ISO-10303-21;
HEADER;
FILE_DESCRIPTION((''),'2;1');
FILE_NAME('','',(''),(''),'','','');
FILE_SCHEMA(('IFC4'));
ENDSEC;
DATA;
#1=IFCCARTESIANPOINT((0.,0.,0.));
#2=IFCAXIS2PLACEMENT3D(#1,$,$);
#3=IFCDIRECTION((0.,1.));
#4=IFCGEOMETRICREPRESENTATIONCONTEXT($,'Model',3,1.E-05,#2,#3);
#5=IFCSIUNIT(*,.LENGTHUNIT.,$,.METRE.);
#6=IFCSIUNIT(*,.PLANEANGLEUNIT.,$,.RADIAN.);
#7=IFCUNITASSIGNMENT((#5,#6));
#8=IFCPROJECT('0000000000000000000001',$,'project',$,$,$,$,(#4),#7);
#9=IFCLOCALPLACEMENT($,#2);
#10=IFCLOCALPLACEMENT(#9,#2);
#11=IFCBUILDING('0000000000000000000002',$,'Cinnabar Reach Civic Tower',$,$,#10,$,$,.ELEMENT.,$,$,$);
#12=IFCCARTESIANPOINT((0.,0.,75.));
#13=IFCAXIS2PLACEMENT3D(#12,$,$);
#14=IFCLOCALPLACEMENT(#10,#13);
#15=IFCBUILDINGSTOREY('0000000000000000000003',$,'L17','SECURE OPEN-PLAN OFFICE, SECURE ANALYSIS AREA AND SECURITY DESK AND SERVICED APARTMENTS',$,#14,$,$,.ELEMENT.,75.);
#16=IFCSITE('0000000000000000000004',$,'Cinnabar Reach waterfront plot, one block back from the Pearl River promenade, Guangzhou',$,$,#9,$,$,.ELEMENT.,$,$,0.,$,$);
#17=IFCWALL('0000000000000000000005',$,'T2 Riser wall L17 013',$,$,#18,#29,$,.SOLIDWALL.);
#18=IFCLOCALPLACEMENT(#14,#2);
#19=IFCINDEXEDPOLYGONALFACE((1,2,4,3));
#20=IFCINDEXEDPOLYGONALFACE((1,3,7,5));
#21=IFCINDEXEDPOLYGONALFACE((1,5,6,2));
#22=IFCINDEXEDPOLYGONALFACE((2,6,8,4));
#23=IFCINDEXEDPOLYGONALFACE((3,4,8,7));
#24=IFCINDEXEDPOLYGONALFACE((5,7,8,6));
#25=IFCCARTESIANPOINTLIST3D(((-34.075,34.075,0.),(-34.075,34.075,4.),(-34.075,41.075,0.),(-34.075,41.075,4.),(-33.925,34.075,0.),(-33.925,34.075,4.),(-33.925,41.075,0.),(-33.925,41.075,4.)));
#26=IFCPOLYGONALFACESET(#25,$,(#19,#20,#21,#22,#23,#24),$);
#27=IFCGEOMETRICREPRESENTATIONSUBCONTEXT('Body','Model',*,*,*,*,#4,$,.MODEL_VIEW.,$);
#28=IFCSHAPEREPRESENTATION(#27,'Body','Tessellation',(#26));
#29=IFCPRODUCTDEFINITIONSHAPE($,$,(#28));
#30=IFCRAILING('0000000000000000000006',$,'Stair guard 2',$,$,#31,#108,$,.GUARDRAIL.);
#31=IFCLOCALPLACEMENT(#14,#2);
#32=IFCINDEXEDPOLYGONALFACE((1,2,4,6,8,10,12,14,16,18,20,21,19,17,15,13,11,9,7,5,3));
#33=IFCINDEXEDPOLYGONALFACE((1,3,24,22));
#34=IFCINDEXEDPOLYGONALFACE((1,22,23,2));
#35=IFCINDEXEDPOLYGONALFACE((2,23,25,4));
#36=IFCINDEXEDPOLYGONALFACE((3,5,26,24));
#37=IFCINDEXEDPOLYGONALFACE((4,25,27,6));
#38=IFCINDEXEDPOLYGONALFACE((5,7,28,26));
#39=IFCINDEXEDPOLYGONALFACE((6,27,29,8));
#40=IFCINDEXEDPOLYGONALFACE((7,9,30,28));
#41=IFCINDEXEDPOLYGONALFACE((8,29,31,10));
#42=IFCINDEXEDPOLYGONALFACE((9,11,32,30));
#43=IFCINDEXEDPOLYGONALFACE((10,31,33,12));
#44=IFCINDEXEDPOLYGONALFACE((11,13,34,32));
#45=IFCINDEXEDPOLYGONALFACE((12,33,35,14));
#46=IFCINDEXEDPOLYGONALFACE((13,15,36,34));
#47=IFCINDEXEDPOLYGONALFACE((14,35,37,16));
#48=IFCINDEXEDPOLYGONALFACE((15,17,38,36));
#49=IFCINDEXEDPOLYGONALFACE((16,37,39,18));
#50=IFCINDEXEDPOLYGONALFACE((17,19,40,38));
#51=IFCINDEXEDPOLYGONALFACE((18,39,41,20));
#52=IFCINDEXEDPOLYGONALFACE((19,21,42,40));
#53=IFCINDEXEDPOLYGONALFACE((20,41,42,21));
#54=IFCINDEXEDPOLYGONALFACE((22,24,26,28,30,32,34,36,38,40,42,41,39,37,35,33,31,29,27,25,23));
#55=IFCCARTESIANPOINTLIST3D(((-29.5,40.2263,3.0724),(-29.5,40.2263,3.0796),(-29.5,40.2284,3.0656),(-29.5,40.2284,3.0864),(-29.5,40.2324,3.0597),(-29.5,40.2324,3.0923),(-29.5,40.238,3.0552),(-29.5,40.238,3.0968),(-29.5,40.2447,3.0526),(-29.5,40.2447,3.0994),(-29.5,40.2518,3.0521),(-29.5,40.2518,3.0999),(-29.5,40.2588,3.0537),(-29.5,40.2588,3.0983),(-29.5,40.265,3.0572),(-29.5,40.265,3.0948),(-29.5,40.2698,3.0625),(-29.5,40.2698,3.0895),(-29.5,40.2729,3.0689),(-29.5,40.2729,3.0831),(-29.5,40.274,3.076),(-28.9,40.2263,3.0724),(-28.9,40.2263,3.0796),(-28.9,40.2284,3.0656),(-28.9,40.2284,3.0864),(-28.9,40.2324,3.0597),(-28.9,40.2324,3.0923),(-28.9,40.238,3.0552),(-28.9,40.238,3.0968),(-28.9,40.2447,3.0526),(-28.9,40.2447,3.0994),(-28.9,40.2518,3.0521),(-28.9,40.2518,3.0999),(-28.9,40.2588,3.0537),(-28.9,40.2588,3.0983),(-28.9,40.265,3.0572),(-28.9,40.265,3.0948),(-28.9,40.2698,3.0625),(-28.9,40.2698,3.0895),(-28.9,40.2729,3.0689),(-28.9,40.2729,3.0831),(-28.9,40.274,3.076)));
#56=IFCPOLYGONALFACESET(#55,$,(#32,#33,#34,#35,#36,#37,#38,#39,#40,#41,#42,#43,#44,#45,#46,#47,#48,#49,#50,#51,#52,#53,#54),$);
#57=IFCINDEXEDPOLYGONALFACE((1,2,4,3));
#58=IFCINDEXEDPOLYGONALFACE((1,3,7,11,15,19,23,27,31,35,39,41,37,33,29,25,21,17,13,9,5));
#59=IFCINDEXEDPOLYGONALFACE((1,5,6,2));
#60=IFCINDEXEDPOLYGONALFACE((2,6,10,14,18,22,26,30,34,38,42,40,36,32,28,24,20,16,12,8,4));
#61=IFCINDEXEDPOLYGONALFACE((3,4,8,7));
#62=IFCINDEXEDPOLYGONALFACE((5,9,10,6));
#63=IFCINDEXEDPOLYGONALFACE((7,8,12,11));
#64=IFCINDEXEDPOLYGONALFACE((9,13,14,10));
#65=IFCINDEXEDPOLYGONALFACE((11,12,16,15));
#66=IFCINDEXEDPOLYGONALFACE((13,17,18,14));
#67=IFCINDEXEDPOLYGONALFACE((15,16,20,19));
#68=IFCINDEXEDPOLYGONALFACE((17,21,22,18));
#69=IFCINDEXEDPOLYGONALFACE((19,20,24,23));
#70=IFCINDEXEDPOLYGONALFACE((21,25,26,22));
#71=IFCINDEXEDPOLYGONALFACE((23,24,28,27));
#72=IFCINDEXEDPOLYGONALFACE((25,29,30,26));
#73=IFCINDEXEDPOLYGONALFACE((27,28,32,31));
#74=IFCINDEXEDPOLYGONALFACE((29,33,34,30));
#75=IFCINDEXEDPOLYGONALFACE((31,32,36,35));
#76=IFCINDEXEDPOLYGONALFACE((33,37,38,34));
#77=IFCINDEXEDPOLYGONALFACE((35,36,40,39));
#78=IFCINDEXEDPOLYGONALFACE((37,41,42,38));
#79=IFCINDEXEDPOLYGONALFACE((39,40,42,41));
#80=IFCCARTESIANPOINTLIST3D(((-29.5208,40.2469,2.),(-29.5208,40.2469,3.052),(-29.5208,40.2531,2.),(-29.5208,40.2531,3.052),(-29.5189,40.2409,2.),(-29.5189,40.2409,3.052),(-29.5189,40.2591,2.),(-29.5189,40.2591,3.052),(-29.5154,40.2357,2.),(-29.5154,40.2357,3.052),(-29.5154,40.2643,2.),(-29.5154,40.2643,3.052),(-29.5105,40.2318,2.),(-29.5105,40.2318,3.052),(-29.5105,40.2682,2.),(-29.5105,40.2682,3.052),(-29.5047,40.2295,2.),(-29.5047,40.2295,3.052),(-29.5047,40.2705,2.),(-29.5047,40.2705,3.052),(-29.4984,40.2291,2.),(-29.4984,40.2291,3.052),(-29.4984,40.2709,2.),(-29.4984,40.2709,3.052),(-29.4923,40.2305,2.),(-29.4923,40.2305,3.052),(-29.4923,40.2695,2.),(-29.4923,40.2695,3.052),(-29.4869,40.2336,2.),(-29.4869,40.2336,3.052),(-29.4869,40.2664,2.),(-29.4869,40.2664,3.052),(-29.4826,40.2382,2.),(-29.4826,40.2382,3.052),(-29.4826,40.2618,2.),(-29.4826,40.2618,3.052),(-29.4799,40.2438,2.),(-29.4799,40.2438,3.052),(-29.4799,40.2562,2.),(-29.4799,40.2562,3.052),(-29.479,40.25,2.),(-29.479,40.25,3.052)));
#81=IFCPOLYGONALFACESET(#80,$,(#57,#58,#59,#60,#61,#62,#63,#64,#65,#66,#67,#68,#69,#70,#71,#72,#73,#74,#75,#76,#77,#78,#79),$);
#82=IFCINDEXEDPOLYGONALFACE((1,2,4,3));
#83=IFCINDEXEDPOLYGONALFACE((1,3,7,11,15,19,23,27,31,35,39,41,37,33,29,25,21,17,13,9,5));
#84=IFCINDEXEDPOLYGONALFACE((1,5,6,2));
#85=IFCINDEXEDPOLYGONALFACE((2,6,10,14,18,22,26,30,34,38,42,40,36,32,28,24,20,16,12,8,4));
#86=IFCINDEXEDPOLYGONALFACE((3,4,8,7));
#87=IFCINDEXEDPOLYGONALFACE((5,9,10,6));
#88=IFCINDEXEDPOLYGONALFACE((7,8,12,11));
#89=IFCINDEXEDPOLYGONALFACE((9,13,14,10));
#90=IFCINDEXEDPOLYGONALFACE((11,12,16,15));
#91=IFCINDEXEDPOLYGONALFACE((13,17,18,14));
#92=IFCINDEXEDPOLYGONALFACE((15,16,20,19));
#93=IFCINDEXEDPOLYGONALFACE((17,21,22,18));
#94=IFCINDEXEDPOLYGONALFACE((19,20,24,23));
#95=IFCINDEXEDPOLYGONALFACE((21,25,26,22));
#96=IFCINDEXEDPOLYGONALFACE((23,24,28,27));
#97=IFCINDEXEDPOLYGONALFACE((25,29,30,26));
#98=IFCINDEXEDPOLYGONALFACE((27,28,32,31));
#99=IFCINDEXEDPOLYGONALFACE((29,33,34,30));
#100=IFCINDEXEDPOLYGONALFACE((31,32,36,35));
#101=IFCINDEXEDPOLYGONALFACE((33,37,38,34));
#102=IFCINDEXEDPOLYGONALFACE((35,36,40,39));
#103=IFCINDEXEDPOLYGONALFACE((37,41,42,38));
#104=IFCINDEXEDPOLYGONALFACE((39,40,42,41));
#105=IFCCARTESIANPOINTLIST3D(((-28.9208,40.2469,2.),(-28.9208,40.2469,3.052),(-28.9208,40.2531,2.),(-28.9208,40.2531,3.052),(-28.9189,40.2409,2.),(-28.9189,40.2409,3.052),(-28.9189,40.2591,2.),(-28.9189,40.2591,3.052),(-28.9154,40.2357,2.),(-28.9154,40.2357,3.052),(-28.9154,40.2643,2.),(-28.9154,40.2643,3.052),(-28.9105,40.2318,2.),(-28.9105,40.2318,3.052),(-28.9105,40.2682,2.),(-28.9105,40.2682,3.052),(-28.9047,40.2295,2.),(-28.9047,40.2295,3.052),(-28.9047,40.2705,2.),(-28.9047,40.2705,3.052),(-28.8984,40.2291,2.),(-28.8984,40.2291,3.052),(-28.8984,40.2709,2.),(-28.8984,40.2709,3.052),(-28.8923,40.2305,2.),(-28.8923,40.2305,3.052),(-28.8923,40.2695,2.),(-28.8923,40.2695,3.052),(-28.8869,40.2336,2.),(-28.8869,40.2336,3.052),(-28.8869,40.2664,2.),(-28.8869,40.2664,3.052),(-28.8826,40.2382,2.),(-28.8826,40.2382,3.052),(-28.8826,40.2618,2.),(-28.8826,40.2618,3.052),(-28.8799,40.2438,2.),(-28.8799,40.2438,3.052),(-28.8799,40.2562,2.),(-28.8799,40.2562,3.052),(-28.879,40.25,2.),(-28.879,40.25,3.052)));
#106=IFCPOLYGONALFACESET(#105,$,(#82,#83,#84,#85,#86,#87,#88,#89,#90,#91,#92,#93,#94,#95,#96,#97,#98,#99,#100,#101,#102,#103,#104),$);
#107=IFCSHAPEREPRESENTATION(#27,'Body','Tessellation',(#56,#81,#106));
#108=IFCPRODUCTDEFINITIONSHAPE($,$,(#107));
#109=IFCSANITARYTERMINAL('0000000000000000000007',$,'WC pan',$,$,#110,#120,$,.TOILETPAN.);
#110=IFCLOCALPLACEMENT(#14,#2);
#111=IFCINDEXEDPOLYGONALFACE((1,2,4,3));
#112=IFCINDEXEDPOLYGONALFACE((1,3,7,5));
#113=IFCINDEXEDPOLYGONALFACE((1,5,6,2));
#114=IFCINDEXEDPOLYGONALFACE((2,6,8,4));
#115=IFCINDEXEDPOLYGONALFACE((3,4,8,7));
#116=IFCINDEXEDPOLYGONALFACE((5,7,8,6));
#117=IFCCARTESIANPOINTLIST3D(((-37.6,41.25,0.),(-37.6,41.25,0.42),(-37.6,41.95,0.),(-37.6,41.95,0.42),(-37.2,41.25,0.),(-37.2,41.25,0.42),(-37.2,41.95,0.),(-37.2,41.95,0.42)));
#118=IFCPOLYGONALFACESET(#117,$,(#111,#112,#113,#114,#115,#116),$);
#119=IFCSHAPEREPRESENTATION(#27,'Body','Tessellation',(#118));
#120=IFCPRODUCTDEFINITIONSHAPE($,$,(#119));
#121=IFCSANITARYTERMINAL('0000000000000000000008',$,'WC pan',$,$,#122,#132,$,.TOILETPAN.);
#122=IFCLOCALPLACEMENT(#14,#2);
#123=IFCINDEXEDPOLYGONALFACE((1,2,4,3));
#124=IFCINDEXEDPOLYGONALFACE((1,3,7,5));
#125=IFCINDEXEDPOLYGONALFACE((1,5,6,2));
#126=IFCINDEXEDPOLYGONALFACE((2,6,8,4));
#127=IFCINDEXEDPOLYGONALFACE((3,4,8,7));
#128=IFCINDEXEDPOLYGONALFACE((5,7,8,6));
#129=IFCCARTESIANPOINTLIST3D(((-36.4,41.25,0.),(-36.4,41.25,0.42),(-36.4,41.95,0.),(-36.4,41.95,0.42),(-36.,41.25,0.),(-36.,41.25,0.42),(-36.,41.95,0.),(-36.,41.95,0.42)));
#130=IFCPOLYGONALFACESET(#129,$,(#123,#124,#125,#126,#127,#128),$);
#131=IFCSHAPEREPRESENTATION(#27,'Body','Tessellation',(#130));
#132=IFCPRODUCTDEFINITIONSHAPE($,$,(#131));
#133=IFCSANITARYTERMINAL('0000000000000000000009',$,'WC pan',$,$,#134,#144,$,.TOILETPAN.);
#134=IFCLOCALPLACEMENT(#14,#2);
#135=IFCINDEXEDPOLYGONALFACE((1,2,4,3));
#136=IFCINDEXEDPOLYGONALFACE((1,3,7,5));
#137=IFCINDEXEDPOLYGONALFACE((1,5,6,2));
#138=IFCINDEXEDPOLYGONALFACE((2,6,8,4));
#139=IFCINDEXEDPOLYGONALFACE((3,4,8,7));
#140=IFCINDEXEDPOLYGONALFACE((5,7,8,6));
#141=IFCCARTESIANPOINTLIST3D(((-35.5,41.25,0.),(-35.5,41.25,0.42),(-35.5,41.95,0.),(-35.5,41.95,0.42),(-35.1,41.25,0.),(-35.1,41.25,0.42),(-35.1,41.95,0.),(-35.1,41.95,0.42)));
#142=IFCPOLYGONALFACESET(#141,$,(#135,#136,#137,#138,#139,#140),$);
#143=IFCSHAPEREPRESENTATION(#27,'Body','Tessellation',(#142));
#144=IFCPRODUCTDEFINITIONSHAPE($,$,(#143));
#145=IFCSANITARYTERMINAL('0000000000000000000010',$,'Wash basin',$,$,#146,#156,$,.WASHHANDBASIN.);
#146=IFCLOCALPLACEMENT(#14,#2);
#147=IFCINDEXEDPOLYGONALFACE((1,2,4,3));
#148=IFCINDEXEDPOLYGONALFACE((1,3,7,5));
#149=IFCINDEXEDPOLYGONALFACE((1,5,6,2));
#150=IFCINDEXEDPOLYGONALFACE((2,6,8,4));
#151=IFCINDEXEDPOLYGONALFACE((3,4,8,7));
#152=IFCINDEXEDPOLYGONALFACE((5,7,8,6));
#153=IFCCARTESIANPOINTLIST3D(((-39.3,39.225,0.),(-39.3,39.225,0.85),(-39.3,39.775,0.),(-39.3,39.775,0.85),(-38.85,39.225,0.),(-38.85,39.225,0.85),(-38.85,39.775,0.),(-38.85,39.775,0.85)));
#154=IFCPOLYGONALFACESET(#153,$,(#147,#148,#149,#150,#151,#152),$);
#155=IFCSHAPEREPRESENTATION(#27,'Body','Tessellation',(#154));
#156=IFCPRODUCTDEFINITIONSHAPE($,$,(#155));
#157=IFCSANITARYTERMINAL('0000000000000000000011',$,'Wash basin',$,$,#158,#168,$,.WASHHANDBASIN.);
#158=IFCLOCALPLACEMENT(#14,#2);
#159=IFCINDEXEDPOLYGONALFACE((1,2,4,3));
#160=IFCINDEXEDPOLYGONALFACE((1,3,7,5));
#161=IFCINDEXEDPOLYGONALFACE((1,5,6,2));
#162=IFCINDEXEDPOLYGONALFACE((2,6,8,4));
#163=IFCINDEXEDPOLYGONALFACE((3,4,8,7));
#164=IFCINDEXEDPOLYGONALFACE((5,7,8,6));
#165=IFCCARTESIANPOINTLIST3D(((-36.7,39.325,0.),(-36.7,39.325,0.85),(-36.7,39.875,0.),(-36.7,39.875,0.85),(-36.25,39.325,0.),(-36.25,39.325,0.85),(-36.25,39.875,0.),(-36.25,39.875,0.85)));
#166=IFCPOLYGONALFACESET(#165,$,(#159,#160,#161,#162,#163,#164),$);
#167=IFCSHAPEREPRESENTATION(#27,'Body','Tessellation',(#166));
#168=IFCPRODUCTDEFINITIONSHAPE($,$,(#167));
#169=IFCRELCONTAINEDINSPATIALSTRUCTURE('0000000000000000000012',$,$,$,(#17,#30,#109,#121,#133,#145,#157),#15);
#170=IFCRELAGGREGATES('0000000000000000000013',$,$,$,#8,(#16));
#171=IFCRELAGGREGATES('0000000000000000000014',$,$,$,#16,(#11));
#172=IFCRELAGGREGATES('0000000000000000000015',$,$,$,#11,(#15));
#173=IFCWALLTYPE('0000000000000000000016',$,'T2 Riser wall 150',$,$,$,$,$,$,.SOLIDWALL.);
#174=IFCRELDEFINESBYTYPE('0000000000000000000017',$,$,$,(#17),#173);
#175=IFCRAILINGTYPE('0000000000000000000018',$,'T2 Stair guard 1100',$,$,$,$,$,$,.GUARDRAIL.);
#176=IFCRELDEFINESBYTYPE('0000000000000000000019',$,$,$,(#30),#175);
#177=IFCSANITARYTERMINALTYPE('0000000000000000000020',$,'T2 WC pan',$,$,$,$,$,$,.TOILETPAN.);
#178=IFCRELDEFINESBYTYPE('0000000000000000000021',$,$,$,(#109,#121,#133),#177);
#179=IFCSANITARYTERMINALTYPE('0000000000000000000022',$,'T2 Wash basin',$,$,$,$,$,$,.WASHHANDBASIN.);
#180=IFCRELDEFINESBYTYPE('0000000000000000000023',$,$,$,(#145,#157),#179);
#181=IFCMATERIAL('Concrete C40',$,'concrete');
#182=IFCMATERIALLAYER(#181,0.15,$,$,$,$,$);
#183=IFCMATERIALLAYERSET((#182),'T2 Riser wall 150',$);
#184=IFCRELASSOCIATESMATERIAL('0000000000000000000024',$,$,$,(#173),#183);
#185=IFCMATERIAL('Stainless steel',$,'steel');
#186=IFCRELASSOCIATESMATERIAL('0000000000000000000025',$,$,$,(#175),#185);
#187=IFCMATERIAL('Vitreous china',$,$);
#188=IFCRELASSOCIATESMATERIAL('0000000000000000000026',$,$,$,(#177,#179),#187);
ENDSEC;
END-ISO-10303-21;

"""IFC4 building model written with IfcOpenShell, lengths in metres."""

from ifc_helpers import new_model, si_unit, direction, frame, frame_2d, origin, origin_2d, place, context, subcontext, project, spatial, rectangle, circle, extrude, material, layer, layer_set, type_object, element, save


model = new_model("IFC4")

# Units and contexts
model_context = context("Model", 3, precision=1e-05, world=origin(), true_north=direction((0.0, 1.0)))
body_context = subcontext(model_context, "Body", "Model", "MODEL_VIEW")
ifc_project = project(units=[si_unit("LENGTHUNIT", "METRE"), si_unit("PLANEANGLEUNIT", "RADIAN")], contexts=[model_context])

# Site, building, storey
site_placement = place(None, origin())
site = spatial("IfcSite", under=ifc_project, at=site_placement, Name="Cinnabar Reach waterfront plot, one block back from the Pearl River promenade, Guangzhou", CompositionType="ELEMENT", RefElevation=0.0)
building_placement = place(site_placement, origin())
building = spatial("IfcBuilding", under=site, at=building_placement, Name="Cinnabar Reach Civic Tower", CompositionType="ELEMENT")
storey_placement = place(building_placement, frame((0.0, 0.0, 75.0)))
storey = spatial("IfcBuildingStorey", under=building, at=storey_placement, Name="L17", Description="SECURE OPEN-PLAN OFFICE, SECURE ANALYSIS AREA AND SECURITY DESK AND SERVICED APARTMENTS", CompositionType="ELEMENT", Elevation=75.0)

# Wall
ifc_material_1 = material(Name="Concrete C40", Category="concrete")
ifc_layer_1 = layer(ifc_material_1, 0.15)
ifc_layer_set_1 = layer_set([ifc_layer_1], Name="T2 Riser wall 150")
wall_type_1 = type_object("IfcWallType", Name="T2 Riser wall 150", PredefinedType="SOLIDWALL", material=ifc_layer_set_1)
wall_1_placement = place(storey_placement, frame((-34.0, 41.075, 0.0), z_axis=(0.0, 0.0, 1.0), x_axis=(0.0, -1.0, 0.0)))
element("IfcWall", 1, at=wall_1_placement, inside=storey, type_object=wall_type_1, Name="T2 Riser wall L17 013", PredefinedType="SOLIDWALL", context=body_context, shape_type="SweptSolid", body=[
    extrude(rectangle(XDim=7.0, YDim=0.15, at=frame_2d((3.5, 0.0))), origin(), (0.0, 0.0, 1.0), 4.0),
])

# Railing
ifc_material_2 = material(Name="Stainless steel", Category="steel")
railing_type = type_object("IfcRailingType", Name="T2 Stair guard 1100", PredefinedType="GUARDRAIL", material=ifc_material_2)
railing_placement = place(storey_placement, frame((-29.5, 40.25, 2.0)))
element("IfcRailing", 2, at=railing_placement, inside=storey, type_object=railing_type, Name="Stair guard 2", PredefinedType="GUARDRAIL", context=body_context, shape_type="SweptSolid", body=[
    extrude(circle(Radius=0.024, at=origin_2d()), frame((0.0, 0.0, 1.076), z_axis=(1.0, 0.0, 0.0), x_axis=(0.0, 1.0, 0.0)), (0.0, 0.0, 1.0), 0.6),
    extrude(circle(Radius=0.021, at=origin_2d()), origin(), (0.0, 0.0, 1.0), 1.052),
    extrude(circle(Radius=0.021, at=origin_2d()), frame((0.6, 0.0, 0.0)), (0.0, 0.0, 1.0), 1.052),
])

# Sanitary terminals
ifc_material_3 = material(Name="Vitreous china")
sanitary_terminal_type_1 = type_object("IfcSanitaryTerminalType", Name="T2 WC pan", PredefinedType="TOILETPAN", material=ifc_material_3)
for number, where, z_axis, x_axis, name in (
    (3, (-37.4, 41.6, 0.0), (0.0, 0.0, 1.0), (1.0, 0.0, 0.0), "WC pan"),
    (4, (-36.2, 41.6, 0.0), (0.0, 0.0, 1.0), (1.0, 0.0, 0.0), "WC pan"),
    (5, (-35.3, 41.6, 0.0), (0.0, 0.0, 1.0), (1.0, 0.0, 0.0), "WC pan"),
):
    element("IfcSanitaryTerminal", number, at=place(storey_placement, frame(where, z_axis=z_axis, x_axis=x_axis)), inside=storey, type_object=sanitary_terminal_type_1, Name=name, PredefinedType="TOILETPAN", context=body_context, shape_type="SweptSolid", body=[
        extrude(rectangle(XDim=0.4, YDim=0.7, at=origin_2d()), origin(), (0.0, 0.0, 1.0), 0.42),
    ])
sanitary_terminal_type_2 = type_object("IfcSanitaryTerminalType", Name="T2 Wash basin", PredefinedType="WASHHANDBASIN", material=ifc_material_3)
for number, where, z_axis, x_axis, name in (
    (6, (-39.075, 39.5, 0.0), (0.0, 0.0, 1.0), (1.0, 0.0, 0.0), "Wash basin"),
    (7, (-36.475, 39.6, 0.0), (0.0, 0.0, 1.0), (1.0, 0.0, 0.0), "Wash basin"),
):
    element("IfcSanitaryTerminal", number, at=place(storey_placement, frame(where, z_axis=z_axis, x_axis=x_axis)), inside=storey, type_object=sanitary_terminal_type_2, Name=name, PredefinedType="WASHHANDBASIN", context=body_context, shape_type="SweptSolid", body=[
        extrude(rectangle(XDim=0.45, YDim=0.55, at=origin_2d()), origin(), (0.0, 0.0, 1.0), 0.85),
    ])

save(model, "model.ifc")
